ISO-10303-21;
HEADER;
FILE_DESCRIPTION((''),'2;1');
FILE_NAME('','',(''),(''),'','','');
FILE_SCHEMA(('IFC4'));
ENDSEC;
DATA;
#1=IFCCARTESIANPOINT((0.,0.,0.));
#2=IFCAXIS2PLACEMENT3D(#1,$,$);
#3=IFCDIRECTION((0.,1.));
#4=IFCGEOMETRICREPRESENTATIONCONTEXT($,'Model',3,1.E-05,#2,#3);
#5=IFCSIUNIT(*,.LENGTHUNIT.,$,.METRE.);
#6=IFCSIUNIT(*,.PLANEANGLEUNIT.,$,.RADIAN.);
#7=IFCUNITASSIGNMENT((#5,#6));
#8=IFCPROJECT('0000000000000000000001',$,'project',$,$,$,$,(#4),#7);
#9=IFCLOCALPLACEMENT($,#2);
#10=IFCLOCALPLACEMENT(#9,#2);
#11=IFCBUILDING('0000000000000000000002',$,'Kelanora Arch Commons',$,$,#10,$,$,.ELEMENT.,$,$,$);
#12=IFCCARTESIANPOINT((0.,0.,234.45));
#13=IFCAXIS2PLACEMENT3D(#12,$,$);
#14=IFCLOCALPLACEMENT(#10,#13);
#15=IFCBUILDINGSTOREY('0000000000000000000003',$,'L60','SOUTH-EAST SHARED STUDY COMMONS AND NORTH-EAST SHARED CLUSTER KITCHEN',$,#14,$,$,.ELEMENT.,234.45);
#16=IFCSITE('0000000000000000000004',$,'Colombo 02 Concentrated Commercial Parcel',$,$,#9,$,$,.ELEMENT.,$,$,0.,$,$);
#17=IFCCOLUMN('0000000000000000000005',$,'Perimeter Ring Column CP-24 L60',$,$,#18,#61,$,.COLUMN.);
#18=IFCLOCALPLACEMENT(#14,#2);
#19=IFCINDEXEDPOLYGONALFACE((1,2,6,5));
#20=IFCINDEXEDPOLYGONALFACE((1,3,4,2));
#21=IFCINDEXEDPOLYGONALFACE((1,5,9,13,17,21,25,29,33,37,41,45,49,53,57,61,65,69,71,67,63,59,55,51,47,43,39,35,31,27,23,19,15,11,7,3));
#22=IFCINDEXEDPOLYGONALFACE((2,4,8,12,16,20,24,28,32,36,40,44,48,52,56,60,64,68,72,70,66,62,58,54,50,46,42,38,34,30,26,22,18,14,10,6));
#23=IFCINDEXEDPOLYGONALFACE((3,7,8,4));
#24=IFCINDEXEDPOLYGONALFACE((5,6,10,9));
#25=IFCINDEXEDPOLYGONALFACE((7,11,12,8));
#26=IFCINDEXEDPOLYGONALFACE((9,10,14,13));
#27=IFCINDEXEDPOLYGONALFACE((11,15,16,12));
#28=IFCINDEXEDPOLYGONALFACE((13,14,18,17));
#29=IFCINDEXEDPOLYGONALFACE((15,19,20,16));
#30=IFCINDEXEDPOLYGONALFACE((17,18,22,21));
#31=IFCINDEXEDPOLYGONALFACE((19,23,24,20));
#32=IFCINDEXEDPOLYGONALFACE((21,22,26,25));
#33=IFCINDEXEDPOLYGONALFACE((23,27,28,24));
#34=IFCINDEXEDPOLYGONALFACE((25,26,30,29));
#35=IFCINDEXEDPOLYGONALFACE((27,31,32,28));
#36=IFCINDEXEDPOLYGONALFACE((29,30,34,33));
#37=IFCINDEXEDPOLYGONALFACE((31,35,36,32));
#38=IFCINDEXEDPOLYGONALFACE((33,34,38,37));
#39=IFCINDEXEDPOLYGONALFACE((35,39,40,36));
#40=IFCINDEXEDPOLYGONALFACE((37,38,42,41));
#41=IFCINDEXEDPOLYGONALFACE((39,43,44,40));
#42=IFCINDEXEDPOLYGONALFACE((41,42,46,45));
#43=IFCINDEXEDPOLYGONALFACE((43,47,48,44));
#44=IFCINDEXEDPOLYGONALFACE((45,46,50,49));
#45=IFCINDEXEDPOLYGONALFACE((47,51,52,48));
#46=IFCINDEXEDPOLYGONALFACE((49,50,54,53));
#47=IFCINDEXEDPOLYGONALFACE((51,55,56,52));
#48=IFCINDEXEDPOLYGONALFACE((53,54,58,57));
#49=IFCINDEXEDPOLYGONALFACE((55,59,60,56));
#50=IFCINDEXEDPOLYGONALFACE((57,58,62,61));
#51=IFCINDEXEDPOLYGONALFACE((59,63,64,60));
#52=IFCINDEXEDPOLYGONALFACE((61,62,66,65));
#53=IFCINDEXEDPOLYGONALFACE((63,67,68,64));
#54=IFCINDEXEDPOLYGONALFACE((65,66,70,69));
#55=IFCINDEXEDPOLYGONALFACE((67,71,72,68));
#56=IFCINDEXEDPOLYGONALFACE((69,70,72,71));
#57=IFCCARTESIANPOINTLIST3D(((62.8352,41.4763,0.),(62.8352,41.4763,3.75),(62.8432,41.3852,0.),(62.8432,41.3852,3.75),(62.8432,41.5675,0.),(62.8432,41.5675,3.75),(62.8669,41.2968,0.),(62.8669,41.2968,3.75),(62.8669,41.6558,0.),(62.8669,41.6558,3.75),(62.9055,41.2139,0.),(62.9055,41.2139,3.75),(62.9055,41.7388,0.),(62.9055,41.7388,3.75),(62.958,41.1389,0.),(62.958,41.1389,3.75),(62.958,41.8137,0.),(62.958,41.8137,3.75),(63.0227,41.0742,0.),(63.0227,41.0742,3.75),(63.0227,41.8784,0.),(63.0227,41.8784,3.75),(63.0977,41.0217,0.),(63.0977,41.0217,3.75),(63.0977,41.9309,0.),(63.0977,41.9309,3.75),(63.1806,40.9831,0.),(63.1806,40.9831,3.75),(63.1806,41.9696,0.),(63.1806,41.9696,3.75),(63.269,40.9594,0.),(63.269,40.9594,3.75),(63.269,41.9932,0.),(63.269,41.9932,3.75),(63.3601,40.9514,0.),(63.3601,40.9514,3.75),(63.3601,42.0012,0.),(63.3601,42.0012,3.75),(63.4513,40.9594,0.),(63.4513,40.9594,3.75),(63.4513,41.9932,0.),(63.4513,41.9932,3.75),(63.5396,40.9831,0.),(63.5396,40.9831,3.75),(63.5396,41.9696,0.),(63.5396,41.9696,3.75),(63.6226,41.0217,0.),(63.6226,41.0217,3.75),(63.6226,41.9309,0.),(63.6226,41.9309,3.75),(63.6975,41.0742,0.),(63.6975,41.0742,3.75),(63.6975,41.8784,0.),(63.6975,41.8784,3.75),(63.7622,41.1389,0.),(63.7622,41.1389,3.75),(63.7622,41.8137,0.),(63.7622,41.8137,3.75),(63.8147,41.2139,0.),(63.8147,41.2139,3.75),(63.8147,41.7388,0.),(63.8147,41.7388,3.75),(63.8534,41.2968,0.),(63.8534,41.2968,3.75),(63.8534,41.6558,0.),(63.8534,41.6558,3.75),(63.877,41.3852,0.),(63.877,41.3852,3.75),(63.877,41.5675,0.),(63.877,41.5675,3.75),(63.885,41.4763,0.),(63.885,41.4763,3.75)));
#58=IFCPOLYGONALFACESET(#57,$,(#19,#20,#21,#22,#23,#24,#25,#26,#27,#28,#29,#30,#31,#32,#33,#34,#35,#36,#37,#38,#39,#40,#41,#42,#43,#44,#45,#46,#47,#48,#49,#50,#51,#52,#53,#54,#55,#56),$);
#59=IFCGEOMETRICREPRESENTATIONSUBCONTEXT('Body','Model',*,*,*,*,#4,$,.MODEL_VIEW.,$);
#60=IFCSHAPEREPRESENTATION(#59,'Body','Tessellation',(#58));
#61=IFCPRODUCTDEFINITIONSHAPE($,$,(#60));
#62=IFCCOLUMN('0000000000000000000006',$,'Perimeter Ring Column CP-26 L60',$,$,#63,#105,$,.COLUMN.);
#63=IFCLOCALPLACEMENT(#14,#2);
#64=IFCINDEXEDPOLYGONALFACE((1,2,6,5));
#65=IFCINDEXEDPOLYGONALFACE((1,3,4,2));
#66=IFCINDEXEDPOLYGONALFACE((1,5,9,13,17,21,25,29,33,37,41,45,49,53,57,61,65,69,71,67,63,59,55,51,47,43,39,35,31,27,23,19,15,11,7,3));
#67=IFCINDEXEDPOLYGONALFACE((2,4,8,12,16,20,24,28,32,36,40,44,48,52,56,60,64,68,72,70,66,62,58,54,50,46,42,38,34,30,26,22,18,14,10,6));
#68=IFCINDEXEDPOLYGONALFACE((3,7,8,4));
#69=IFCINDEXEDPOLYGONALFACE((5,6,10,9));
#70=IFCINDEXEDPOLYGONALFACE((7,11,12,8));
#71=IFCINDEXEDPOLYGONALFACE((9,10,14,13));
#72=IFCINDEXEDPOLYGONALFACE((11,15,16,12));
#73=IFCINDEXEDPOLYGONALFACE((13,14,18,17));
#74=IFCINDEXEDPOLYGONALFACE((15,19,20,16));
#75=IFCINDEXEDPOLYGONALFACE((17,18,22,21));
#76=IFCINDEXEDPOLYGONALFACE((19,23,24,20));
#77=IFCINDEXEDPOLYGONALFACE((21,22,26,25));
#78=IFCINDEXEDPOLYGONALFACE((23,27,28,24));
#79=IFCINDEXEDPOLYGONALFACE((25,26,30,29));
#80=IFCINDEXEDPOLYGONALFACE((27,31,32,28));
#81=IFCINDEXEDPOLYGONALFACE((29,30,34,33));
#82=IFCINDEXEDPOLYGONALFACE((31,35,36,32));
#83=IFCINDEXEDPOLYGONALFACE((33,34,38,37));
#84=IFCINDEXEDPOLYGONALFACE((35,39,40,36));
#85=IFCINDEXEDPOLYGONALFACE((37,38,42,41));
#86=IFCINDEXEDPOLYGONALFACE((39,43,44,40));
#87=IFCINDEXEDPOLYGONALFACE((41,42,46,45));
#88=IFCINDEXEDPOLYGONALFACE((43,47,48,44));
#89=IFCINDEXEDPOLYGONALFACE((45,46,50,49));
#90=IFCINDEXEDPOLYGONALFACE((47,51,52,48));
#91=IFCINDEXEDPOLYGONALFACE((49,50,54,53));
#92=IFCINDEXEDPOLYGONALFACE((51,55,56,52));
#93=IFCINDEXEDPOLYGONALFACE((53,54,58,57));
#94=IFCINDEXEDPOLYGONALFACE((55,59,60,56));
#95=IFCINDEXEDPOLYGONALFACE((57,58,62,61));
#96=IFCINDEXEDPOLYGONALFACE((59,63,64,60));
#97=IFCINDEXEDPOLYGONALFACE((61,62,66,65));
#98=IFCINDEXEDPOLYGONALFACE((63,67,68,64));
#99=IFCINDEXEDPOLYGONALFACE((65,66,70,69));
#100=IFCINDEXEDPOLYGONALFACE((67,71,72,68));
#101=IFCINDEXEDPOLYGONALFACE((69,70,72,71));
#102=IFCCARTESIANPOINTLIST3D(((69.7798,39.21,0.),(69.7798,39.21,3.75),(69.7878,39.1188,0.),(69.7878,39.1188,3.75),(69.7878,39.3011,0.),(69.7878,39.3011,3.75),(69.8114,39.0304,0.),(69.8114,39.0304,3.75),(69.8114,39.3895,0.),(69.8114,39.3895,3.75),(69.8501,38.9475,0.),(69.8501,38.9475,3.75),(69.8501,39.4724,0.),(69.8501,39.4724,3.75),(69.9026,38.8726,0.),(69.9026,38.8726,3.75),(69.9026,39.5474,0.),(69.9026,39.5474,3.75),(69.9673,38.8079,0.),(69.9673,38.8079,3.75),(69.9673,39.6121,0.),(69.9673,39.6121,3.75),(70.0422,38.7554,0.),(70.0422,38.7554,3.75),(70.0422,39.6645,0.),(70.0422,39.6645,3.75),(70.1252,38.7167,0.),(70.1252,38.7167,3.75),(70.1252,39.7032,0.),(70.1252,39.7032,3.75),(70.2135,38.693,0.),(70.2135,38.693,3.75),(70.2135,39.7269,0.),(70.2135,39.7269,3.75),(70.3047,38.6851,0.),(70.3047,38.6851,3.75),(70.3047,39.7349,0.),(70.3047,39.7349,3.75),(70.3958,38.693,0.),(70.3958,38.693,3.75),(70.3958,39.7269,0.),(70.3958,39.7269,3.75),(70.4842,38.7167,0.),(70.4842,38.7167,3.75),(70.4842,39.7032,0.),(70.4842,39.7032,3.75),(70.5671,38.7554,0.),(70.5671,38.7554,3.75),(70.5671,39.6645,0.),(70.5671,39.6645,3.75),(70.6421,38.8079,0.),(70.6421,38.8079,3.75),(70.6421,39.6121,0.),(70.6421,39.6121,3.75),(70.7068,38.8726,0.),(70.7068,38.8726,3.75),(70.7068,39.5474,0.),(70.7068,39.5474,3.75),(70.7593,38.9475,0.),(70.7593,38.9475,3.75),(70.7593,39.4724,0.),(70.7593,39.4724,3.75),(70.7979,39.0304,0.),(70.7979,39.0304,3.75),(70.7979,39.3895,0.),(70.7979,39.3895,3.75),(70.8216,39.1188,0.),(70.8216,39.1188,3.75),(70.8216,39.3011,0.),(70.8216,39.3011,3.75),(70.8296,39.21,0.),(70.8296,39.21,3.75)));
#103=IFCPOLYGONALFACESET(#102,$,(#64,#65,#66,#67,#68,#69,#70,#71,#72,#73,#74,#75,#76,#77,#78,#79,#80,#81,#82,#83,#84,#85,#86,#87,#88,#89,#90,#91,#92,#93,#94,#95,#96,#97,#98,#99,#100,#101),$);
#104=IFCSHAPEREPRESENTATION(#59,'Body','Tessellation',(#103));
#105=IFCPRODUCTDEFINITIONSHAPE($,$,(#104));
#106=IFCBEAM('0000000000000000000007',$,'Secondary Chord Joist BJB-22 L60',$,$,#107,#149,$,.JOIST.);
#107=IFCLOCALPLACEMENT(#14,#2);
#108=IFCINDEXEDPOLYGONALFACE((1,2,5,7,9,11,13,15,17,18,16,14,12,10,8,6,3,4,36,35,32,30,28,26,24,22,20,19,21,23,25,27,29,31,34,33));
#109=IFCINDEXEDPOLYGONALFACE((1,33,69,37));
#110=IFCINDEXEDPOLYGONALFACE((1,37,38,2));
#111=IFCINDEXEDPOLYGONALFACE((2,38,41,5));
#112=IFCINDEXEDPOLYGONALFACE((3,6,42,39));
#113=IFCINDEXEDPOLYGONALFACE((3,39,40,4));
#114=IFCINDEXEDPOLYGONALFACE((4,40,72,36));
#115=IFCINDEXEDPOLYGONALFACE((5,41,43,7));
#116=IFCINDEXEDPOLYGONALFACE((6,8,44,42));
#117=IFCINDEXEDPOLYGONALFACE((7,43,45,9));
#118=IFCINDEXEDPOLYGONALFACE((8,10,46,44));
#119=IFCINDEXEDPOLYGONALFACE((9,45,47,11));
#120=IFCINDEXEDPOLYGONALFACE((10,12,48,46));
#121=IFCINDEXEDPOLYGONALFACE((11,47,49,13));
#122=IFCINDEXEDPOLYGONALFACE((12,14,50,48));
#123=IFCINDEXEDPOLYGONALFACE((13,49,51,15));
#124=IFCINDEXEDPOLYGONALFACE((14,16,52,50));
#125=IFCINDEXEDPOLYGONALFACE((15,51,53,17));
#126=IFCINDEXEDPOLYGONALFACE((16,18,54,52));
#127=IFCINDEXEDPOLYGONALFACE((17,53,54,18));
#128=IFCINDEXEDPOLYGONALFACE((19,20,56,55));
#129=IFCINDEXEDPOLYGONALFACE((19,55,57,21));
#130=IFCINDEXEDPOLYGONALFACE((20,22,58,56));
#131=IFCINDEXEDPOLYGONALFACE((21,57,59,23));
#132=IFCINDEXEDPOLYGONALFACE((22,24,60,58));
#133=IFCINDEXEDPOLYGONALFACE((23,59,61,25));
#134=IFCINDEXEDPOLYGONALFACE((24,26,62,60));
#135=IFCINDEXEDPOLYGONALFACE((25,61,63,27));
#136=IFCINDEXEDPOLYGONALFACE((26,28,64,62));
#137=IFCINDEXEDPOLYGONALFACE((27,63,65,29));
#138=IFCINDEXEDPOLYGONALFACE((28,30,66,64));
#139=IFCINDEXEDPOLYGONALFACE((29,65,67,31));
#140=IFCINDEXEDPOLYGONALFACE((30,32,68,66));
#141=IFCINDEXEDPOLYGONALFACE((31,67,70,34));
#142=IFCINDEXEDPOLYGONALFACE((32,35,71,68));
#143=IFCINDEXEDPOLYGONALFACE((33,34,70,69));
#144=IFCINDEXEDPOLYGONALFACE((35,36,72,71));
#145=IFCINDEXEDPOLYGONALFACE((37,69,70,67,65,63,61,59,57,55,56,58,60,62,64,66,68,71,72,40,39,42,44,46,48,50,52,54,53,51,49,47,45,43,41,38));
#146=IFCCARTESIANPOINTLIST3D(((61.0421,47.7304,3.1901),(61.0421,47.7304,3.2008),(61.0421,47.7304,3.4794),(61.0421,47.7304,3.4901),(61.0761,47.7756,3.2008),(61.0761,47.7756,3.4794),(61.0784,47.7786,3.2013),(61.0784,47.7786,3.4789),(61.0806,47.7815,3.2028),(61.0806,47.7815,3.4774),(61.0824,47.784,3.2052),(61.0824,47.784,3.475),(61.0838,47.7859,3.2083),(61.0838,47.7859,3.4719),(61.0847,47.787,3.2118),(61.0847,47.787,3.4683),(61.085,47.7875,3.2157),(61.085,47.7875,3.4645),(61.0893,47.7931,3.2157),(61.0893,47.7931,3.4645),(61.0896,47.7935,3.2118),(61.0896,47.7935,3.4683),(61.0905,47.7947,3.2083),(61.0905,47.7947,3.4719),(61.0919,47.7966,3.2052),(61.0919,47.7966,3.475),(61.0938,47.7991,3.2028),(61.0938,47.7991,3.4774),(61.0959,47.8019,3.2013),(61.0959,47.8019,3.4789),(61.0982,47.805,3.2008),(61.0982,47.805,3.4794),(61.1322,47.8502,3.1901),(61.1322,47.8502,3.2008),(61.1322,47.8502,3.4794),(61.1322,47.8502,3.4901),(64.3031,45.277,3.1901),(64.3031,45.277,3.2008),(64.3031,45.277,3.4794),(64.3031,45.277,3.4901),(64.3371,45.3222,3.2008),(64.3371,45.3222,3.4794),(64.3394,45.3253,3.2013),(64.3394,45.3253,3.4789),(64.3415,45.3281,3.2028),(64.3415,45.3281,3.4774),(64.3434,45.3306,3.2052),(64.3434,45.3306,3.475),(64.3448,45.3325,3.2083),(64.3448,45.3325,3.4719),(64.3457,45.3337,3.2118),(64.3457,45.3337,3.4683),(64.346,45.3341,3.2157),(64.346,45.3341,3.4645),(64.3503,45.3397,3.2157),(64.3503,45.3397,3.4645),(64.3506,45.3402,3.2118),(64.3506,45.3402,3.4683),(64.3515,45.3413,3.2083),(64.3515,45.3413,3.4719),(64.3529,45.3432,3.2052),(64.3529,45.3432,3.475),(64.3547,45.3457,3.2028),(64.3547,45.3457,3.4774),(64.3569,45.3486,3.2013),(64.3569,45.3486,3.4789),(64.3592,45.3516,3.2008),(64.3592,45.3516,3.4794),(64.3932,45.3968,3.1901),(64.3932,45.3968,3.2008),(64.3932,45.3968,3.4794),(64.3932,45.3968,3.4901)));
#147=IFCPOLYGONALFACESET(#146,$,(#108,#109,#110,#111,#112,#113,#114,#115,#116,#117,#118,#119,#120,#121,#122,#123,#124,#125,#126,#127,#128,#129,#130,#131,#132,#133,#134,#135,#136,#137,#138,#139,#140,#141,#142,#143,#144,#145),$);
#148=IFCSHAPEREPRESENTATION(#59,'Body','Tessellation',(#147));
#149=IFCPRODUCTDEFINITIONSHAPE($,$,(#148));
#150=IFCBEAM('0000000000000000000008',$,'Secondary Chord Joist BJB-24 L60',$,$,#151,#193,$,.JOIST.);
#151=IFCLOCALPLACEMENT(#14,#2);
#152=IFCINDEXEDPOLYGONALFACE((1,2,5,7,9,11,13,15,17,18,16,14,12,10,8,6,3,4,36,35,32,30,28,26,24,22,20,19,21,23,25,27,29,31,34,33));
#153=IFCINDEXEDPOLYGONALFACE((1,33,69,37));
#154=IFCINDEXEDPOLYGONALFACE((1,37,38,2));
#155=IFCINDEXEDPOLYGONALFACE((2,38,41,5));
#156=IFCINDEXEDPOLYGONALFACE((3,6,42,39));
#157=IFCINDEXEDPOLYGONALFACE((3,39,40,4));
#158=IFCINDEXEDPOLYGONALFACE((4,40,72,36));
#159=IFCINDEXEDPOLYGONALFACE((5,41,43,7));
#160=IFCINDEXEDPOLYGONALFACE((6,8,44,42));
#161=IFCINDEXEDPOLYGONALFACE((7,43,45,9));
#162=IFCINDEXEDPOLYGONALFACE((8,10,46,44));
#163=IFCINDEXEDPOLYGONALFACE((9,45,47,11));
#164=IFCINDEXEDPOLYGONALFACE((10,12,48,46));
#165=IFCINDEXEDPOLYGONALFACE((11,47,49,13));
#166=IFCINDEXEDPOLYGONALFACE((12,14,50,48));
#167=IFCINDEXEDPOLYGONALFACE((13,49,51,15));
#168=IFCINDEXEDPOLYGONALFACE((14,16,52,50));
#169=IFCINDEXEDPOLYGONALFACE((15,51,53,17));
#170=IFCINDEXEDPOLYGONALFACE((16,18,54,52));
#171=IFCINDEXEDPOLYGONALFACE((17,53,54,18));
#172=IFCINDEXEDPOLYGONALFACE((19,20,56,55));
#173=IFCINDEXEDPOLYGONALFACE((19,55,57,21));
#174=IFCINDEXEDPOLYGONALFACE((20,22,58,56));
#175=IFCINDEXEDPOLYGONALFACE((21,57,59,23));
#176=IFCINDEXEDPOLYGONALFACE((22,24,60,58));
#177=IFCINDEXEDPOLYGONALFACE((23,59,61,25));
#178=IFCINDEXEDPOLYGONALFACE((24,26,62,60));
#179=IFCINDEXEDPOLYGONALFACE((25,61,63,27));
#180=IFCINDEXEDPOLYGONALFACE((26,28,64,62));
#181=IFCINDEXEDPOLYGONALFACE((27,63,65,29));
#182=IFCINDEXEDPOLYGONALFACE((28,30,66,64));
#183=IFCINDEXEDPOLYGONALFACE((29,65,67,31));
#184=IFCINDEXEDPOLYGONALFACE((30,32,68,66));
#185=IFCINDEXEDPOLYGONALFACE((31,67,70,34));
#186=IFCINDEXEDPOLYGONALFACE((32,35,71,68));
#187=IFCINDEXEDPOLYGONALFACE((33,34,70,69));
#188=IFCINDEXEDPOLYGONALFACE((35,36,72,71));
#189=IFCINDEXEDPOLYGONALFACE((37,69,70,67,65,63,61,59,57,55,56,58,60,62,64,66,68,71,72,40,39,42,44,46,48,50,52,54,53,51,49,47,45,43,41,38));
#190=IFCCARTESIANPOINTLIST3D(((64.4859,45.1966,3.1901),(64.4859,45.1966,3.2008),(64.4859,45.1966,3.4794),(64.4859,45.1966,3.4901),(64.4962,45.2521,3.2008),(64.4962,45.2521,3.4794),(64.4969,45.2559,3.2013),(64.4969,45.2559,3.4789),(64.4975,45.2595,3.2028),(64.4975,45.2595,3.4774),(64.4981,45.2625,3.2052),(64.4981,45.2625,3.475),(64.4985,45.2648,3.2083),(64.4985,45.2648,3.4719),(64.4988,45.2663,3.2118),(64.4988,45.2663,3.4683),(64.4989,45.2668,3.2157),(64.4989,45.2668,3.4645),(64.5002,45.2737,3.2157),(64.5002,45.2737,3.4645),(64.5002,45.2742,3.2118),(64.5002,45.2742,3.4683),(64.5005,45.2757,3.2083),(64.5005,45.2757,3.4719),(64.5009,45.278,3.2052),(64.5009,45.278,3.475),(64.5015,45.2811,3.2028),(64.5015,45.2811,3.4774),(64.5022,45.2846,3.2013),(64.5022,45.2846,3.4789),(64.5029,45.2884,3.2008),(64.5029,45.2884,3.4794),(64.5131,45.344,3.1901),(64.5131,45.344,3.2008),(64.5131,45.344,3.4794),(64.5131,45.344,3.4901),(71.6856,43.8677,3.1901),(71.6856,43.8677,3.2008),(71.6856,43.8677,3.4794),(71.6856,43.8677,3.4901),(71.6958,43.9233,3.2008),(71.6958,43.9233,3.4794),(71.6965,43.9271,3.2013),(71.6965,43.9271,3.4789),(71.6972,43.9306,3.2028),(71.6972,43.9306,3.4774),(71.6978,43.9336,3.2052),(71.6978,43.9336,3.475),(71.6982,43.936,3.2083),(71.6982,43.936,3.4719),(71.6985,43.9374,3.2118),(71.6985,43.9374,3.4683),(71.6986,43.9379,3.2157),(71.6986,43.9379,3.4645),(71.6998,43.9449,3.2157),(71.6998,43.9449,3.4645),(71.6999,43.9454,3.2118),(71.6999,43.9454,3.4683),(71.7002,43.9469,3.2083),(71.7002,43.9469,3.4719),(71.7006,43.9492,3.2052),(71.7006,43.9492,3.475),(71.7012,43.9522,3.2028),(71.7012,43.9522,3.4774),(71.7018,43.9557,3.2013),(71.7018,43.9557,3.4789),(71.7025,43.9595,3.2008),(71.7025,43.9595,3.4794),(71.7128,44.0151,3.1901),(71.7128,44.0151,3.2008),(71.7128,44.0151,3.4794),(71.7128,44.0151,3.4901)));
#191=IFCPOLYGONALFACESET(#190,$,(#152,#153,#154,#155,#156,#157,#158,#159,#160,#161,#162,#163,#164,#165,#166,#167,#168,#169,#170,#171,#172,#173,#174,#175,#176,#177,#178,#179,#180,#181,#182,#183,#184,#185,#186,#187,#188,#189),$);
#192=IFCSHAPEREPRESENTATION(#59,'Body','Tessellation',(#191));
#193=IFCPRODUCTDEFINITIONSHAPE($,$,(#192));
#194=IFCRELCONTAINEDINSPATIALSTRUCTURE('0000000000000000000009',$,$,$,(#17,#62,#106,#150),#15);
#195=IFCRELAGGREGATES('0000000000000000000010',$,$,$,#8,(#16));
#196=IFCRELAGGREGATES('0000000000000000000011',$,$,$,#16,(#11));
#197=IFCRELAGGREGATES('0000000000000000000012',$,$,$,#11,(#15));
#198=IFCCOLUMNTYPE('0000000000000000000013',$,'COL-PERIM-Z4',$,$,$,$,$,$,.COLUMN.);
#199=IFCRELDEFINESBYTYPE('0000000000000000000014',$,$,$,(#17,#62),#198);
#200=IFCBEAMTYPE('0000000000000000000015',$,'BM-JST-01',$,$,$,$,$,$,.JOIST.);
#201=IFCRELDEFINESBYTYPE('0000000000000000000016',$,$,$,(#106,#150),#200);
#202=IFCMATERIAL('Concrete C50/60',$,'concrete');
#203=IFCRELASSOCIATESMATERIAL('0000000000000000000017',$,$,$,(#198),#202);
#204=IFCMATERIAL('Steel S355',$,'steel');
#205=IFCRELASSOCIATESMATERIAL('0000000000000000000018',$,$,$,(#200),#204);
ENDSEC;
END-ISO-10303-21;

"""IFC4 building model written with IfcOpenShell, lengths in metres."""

from ifc_helpers import new_model, si_unit, direction, frame, origin, origin_2d, place, context, subcontext, project, spatial, circle, i_section, extrude, material, material_profile, profile_set, type_object, element, save


model = new_model("IFC4")

# Units and contexts
model_context = context("Model", 3, precision=1e-05, world=origin(), true_north=direction((0.0, 1.0)))
body_context = subcontext(model_context, "Body", "Model", "MODEL_VIEW")
ifc_project = project(units=[si_unit("LENGTHUNIT", "METRE"), si_unit("PLANEANGLEUNIT", "RADIAN")], contexts=[model_context])

# Site, building, storey
site_placement = place(None, origin())
site = spatial("IfcSite", under=ifc_project, at=site_placement, Name="Colombo 02 Concentrated Commercial Parcel", CompositionType="ELEMENT", RefElevation=0.0)
building_placement = place(site_placement, origin())
building = spatial("IfcBuilding", under=site, at=building_placement, Name="Kelanora Arch Commons", CompositionType="ELEMENT")
storey_placement = place(building_placement, frame((0.0, 0.0, 234.45)))
storey = spatial("IfcBuildingStorey", under=building, at=storey_placement, Name="L60", Description="SOUTH-EAST SHARED STUDY COMMONS AND NORTH-EAST SHARED CLUSTER KITCHEN", CompositionType="ELEMENT", Elevation=234.45)

# Columns
ifc_material_1 = material(Name="Concrete C50/60", Category="concrete")
ifc_material_profile_1 = material_profile(ifc_material_1, circle(Radius=0.5249, at=origin_2d()), Name="RCC1050")
ifc_profile_set_1 = profile_set([ifc_material_profile_1], Name="Concrete C50/60")
column_type = type_object("IfcColumnType", Name="COL-PERIM-Z4", PredefinedType="COLUMN", material=ifc_profile_set_1)
for number, where, z_axis, x_axis, name in (
    (1, (63.3601, 41.4763, 0.0), (0.0, 0.0, 1.0), (1.0, 0.0, 0.0), "Perimeter Ring Column CP-24 L60"),
    (2, (70.3047, 39.21, 0.0), (0.0, 0.0, 1.0), (1.0, 0.0, 0.0), "Perimeter Ring Column CP-26 L60"),
):
    element("IfcColumn", number, at=place(storey_placement, frame(where, z_axis=z_axis, x_axis=x_axis)), inside=storey, type_object=column_type, Name=name, PredefinedType="COLUMN", context=body_context, shape_type="SweptSolid", body=[
        extrude(circle(Radius=0.5249, at=origin_2d()), origin(), (0.0, 0.0, 1.0), 3.75),
    ])

# Beams
ifc_material_2 = material(Name="Steel S355", Category="steel")
ifc_material_profile_2 = material_profile(ifc_material_2, i_section(OverallWidth=0.1499, OverallDepth=0.3, WebThickness=0.0071, FlangeThickness=0.0107, FilletRadius=0.0149, at=origin_2d()), Name="IPE300")
ifc_profile_set_2 = profile_set([ifc_material_profile_2], Name="Steel S355")
beam_type_1 = type_object("IfcBeamType", Name="BM-JST-01", PredefinedType="JOIST", material=ifc_profile_set_2)
beam_1_placement = place(storey_placement, frame((61.0872, 47.7903, 3.3401), z_axis=(0.799102, -0.601196, 0.0), x_axis=(0.601196, 0.799102, 0.0)))
element("IfcBeam", 3, at=beam_1_placement, inside=storey, type_object=beam_type_1, Name="Secondary Chord Joist BJB-22 L60", PredefinedType="JOIST", context=body_context, shape_type="SweptSolid", body=[
    extrude(i_section(OverallWidth=0.1499, OverallDepth=0.3, WebThickness=0.0071, FlangeThickness=0.0107, FilletRadius=0.0149, at=origin_2d()), origin(), (0.0, 0.0, 1.0), 4.0808),
])
beam_2_placement = place(storey_placement, frame((64.4995, 45.2703, 3.3401), z_axis=(0.98339, -0.181505, 0.0), x_axis=(0.181505, 0.98339, 0.0)))
element("IfcBeam", 4, at=beam_2_placement, inside=storey, type_object=beam_type_1, Name="Secondary Chord Joist BJB-24 L60", PredefinedType="JOIST", context=body_context, shape_type="SweptSolid", body=[
    extrude(i_section(OverallWidth=0.1499, OverallDepth=0.3, WebThickness=0.0071, FlangeThickness=0.0107, FilletRadius=0.0149, at=origin_2d()), origin(), (0.0, 0.0, 1.0), 7.3213),
])

save(model, "model.ifc")
